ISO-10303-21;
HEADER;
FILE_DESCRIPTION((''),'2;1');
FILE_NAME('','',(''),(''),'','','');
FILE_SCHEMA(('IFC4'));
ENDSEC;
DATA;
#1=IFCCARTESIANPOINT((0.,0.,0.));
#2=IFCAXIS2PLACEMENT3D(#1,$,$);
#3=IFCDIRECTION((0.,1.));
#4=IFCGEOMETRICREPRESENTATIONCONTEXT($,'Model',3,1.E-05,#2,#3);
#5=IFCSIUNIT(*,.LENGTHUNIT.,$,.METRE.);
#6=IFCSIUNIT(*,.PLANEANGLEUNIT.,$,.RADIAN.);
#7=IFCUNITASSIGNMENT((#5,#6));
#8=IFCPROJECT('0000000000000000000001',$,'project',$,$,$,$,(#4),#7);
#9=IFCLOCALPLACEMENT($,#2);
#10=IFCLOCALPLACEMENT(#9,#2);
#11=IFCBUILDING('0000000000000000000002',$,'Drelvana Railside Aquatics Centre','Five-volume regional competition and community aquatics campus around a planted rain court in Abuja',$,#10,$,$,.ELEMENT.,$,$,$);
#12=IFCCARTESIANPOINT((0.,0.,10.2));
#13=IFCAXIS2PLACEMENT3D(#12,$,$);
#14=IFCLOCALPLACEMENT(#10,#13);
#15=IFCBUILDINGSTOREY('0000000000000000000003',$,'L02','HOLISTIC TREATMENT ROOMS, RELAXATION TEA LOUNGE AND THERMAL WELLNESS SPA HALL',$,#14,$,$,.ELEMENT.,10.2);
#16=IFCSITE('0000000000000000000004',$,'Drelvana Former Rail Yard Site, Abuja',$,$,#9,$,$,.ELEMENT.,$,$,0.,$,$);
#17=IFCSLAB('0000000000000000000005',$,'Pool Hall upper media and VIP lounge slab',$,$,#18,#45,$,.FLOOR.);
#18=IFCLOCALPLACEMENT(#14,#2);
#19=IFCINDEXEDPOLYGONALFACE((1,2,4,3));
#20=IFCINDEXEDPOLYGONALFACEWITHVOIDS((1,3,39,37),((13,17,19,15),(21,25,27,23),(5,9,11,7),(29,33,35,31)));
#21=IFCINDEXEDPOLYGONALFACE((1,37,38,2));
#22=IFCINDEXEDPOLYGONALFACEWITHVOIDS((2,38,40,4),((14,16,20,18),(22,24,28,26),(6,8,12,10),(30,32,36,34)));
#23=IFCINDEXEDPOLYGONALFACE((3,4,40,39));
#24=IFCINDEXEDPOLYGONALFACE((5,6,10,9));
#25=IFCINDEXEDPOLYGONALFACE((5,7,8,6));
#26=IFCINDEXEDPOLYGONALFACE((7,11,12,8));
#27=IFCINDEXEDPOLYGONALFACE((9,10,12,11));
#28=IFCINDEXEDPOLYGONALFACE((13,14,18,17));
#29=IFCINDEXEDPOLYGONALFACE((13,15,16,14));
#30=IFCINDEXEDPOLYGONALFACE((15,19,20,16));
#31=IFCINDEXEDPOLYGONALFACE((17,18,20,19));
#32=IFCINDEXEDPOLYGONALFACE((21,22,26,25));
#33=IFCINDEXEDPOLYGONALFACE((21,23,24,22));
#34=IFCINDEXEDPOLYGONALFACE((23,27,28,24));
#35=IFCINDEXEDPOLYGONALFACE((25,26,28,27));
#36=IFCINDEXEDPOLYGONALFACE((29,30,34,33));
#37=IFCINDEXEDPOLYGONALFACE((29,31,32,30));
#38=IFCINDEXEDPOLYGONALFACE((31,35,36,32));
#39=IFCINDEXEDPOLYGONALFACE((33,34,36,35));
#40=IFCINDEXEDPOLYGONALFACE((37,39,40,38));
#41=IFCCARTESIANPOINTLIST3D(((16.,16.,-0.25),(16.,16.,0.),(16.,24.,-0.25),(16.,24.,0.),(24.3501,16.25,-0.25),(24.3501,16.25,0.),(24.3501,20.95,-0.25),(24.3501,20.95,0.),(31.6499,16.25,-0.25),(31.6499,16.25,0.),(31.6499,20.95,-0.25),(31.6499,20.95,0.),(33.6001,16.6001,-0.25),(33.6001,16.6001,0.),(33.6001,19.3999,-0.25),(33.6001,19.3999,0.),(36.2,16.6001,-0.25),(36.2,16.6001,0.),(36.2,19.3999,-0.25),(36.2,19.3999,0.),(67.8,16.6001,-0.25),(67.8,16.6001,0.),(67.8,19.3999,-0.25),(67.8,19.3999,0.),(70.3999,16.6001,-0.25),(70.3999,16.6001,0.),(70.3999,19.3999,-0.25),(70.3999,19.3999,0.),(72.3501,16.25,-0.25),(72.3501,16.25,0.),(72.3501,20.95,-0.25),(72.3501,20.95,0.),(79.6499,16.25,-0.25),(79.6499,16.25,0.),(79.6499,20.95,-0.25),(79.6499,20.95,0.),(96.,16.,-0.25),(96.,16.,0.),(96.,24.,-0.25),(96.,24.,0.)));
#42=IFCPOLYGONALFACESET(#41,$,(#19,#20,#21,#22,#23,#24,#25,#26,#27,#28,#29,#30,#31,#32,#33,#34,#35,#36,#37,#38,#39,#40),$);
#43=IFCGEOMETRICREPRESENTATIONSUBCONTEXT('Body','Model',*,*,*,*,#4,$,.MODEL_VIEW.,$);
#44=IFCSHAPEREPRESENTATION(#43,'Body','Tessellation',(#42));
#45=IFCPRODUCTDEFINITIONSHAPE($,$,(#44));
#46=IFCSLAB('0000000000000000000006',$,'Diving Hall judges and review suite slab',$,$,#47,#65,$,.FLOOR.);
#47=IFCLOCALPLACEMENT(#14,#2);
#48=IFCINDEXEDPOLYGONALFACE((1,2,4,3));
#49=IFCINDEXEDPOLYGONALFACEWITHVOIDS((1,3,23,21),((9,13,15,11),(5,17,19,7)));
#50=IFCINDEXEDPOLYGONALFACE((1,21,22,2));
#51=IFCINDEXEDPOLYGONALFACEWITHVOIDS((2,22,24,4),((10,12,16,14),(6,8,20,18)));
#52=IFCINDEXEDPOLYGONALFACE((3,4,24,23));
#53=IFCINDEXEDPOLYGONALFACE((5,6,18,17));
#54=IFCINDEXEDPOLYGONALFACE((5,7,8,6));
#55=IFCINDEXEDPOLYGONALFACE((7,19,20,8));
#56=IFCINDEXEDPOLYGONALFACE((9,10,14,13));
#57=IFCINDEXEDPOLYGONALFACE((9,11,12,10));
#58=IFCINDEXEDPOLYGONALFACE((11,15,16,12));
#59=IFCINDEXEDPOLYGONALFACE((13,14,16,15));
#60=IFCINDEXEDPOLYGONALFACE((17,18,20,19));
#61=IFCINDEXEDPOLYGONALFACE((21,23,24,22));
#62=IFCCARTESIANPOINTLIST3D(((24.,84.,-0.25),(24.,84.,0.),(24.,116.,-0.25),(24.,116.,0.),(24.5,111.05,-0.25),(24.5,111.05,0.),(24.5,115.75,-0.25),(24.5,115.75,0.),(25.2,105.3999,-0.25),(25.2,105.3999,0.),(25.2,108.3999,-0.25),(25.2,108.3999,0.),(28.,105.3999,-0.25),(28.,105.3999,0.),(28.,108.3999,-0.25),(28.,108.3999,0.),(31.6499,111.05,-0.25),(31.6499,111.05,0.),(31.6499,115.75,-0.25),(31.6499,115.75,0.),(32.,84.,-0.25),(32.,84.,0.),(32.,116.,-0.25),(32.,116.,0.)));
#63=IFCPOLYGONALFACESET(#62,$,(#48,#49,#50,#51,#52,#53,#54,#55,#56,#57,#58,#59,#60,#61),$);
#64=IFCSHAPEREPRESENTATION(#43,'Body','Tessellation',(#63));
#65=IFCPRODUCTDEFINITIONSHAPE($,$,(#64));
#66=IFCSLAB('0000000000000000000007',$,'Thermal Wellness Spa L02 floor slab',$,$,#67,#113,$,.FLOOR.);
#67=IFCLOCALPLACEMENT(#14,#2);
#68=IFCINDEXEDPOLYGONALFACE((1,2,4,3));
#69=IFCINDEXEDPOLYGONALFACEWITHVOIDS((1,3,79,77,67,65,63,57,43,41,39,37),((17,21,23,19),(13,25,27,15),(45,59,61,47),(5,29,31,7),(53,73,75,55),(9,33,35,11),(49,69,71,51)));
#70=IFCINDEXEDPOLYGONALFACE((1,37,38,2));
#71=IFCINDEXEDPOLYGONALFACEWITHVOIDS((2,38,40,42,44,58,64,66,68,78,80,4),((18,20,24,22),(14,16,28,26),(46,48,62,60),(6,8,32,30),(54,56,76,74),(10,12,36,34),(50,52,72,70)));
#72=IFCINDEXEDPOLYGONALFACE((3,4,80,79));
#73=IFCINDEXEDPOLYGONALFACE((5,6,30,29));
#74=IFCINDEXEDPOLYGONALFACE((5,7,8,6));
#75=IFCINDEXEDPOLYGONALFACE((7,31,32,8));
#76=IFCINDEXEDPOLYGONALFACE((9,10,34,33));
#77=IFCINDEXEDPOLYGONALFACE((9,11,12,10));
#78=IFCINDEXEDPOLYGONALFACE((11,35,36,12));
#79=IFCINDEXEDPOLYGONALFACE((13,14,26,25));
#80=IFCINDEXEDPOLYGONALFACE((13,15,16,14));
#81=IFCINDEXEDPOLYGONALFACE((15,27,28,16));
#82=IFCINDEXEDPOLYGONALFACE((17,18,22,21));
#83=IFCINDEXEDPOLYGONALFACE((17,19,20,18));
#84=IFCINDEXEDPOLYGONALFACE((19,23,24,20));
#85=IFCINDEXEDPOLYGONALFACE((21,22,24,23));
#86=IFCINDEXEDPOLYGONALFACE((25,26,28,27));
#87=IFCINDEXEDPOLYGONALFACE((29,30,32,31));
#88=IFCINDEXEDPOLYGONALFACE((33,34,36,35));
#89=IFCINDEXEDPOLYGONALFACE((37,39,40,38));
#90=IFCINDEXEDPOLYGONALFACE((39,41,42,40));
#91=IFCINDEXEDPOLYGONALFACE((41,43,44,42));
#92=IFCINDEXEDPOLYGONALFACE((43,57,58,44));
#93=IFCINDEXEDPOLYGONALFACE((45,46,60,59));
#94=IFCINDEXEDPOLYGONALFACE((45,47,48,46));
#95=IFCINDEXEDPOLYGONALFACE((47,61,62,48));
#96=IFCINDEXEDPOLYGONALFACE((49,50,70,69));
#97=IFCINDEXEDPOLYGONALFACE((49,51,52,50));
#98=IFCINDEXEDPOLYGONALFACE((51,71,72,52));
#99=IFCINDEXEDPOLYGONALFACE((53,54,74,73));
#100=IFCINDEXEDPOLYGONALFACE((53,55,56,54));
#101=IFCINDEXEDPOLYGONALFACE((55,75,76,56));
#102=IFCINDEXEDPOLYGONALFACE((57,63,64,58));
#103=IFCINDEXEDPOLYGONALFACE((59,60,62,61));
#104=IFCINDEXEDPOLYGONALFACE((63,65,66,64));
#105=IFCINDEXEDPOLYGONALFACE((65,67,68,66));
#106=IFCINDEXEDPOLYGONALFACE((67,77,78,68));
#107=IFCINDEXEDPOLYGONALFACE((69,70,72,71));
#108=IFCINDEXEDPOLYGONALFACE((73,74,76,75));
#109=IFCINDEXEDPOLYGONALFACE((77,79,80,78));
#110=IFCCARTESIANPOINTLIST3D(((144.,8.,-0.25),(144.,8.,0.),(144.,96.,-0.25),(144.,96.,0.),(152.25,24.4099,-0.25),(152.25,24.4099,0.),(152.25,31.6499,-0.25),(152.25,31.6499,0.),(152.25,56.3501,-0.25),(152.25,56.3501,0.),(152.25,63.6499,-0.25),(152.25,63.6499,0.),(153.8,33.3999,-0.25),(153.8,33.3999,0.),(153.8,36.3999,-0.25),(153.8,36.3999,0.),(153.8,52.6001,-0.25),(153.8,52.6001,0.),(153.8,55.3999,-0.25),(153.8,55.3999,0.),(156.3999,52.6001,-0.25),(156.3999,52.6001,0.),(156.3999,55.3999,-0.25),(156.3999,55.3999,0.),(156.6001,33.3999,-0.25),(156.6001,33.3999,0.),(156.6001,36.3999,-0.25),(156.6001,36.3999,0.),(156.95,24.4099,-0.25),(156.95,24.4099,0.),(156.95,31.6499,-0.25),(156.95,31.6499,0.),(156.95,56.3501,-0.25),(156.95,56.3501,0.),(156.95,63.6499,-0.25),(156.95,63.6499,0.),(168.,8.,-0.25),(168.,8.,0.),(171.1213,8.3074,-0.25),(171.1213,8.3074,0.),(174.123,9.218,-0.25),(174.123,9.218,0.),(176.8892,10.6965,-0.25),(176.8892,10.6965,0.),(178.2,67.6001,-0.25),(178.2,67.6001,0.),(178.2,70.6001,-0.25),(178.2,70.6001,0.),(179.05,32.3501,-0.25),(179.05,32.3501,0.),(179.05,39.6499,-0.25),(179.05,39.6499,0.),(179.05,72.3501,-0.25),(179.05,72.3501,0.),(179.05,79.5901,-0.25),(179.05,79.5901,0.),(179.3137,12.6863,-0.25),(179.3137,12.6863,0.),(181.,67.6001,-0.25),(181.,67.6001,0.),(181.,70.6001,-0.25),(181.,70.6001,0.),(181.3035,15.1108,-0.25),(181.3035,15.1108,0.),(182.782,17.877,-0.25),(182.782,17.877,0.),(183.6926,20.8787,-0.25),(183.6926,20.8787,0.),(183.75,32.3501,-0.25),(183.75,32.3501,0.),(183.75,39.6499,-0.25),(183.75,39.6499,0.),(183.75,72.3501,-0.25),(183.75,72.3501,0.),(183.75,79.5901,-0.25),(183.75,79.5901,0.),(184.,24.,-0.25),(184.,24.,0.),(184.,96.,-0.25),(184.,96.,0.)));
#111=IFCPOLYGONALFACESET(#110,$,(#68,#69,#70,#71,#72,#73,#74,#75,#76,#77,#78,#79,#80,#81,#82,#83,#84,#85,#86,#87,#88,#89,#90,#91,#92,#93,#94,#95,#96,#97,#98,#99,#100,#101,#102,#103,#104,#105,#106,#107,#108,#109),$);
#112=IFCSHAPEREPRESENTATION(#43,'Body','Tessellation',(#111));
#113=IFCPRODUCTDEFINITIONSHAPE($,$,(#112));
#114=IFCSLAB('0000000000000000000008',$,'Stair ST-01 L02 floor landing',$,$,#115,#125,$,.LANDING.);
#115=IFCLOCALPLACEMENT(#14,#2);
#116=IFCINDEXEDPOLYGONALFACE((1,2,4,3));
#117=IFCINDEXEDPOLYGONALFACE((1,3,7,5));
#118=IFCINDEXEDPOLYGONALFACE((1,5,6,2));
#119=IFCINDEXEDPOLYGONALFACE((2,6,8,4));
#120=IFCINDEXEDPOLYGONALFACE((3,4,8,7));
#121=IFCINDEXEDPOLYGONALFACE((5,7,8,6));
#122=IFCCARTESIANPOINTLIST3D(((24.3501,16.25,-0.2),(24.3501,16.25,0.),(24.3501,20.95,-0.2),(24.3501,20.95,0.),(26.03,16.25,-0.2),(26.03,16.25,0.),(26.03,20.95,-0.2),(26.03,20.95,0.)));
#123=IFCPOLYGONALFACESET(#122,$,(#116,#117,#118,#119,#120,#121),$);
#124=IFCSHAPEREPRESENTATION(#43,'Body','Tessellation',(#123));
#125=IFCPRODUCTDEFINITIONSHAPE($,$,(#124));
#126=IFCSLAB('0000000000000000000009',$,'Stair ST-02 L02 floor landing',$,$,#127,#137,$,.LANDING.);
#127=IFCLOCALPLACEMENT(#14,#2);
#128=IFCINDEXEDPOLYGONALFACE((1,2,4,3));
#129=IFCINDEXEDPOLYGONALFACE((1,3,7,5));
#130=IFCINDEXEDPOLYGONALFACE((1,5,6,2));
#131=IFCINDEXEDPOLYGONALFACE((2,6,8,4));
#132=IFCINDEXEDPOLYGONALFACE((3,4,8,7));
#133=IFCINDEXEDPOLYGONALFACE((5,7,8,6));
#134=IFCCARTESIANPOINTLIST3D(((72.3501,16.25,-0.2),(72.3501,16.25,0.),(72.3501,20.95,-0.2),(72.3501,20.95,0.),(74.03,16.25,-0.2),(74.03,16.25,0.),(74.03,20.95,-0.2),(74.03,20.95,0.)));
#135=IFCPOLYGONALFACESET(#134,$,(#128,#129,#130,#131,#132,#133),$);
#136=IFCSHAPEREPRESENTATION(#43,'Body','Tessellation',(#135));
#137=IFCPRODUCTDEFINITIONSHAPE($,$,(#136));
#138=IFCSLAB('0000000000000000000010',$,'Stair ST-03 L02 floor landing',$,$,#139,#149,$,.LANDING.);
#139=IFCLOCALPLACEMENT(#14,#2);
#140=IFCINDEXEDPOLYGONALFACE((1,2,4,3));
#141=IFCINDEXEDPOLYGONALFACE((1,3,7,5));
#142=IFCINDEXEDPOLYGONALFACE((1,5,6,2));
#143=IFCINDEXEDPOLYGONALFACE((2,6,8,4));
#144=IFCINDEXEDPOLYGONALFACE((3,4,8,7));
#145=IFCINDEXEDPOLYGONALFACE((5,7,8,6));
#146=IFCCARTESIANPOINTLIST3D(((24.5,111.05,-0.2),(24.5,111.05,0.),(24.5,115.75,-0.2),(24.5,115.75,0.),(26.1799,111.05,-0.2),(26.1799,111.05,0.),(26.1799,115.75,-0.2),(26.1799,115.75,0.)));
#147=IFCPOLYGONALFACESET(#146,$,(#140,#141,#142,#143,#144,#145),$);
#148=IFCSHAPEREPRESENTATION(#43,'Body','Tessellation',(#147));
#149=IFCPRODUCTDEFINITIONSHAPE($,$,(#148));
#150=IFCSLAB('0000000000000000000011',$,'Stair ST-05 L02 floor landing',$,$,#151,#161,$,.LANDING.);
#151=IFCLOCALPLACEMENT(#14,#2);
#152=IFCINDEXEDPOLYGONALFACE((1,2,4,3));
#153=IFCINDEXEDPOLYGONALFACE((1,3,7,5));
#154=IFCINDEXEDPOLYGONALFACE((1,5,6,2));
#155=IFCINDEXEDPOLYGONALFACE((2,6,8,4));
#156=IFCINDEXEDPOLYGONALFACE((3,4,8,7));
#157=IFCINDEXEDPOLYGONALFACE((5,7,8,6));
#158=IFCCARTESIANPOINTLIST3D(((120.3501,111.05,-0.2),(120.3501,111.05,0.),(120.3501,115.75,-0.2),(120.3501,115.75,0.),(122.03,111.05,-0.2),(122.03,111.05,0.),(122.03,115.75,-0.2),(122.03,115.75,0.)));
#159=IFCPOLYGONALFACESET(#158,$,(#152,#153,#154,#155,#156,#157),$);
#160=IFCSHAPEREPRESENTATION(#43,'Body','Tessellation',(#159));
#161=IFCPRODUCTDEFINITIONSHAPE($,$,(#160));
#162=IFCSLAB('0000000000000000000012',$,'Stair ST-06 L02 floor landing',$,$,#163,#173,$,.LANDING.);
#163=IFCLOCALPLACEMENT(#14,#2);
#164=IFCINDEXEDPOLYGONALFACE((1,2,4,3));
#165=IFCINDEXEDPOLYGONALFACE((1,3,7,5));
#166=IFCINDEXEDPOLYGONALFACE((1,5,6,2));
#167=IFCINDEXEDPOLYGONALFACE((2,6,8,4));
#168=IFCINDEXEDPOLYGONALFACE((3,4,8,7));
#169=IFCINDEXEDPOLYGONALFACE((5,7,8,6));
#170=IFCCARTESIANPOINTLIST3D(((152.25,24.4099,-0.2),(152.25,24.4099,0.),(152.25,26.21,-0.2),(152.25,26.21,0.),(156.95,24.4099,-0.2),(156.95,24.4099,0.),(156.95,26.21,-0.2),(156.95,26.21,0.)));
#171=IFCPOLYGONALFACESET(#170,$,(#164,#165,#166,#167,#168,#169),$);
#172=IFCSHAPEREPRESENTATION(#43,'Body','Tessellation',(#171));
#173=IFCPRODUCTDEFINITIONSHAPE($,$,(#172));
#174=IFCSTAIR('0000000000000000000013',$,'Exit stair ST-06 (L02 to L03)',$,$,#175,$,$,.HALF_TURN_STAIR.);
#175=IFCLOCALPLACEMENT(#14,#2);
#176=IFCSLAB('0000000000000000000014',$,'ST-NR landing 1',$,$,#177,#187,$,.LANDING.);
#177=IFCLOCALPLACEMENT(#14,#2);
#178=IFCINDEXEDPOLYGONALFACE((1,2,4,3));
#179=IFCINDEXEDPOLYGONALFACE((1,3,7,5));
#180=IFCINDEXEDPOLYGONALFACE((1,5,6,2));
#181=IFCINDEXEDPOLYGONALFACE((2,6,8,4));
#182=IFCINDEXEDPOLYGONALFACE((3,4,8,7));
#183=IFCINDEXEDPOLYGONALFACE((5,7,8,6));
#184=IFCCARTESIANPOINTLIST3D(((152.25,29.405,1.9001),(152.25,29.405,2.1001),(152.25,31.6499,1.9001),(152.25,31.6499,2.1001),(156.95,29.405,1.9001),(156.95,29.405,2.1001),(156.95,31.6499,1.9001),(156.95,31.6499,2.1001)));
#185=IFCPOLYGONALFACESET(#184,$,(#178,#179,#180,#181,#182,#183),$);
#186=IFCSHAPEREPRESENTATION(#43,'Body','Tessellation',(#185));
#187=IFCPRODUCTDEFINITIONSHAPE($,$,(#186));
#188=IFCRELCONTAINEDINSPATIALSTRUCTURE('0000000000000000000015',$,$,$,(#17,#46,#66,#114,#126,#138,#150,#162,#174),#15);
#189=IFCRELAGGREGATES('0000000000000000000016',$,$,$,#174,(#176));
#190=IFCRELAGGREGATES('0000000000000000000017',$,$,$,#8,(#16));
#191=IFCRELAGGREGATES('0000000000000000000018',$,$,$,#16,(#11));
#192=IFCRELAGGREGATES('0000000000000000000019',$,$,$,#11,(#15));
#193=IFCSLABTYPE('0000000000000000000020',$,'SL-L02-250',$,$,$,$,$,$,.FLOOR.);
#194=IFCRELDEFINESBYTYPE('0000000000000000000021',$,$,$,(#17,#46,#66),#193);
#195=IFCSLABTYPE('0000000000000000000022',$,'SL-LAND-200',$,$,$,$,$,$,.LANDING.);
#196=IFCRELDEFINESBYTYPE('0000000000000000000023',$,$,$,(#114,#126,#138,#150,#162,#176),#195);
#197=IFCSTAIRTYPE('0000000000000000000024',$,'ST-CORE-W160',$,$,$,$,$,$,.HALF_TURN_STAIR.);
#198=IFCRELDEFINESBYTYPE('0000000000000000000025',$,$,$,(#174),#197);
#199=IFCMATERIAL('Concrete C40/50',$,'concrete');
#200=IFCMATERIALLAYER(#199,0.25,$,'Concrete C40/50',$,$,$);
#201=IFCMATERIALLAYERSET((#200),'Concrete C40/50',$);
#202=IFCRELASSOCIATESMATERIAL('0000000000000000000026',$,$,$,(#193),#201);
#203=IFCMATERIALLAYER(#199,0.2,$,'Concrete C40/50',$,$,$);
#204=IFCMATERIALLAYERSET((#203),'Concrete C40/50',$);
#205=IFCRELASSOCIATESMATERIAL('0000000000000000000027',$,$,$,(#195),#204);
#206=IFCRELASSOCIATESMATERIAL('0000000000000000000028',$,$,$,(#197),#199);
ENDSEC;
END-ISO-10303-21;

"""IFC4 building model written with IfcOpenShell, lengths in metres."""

from ifc_helpers import new_model, si_unit, direction, frame, origin, place, context, subcontext, project, spatial, polyline, outline, extrude, material, layer, layer_set, type_object, element, aggregate, save


model = new_model("IFC4")

# Units and contexts
model_context = context("Model", 3, precision=1e-05, world=origin(), true_north=direction((0.0, 1.0)))
body_context = subcontext(model_context, "Body", "Model", "MODEL_VIEW")
ifc_project = project(units=[si_unit("LENGTHUNIT", "METRE"), si_unit("PLANEANGLEUNIT", "RADIAN")], contexts=[model_context])

# Site, building, storey
site_placement = place(None, origin())
site = spatial("IfcSite", under=ifc_project, at=site_placement, Name="Drelvana Former Rail Yard Site, Abuja", CompositionType="ELEMENT", RefElevation=0.0)
building_placement = place(site_placement, origin())
building = spatial("IfcBuilding", under=site, at=building_placement, Name="Drelvana Railside Aquatics Centre", Description="Five-volume regional competition and community aquatics campus around a planted rain court in Abuja", CompositionType="ELEMENT")
storey_placement = place(building_placement, frame((0.0, 0.0, 10.2)))
storey = spatial("IfcBuildingStorey", under=building, at=storey_placement, Name="L02", Description="HOLISTIC TREATMENT ROOMS, RELAXATION TEA LOUNGE AND THERMAL WELLNESS SPA HALL", CompositionType="ELEMENT", Elevation=10.2)

# Slabs
ifc_material_1 = material(Name="Concrete C40/50", Category="concrete")
ifc_layer_1 = layer(ifc_material_1, 0.25, Name="Concrete C40/50")
ifc_layer_set_1 = layer_set([ifc_layer_1], Name="Concrete C40/50")
slab_type_1 = type_object("IfcSlabType", Name="SL-L02-250", PredefinedType="FLOOR", material=ifc_layer_set_1)
slab_1_placement = place(storey_placement, frame((0.0, 0.0, -0.25)))
element("IfcSlab", 1, at=slab_1_placement, inside=storey, type_object=slab_type_1, Name="Pool Hall upper media and VIP lounge slab", PredefinedType="FLOOR", context=body_context, shape_type="SweptSolid", body=[
    extrude(outline(polyline([(16.0, 16.0), (96.0, 16.0), (96.0, 24.0), (16.0, 24.0), (16.0, 16.0)]), holes=[polyline([(24.3501, 16.25), (31.6499, 16.25), (31.6499, 20.95), (24.3501, 20.95), (24.3501, 16.25)]), polyline([(33.6001, 16.6001), (36.2, 16.6001), (36.2, 19.3999), (33.6001, 19.3999), (33.6001, 16.6001)]), polyline([(72.3501, 16.25), (79.6499, 16.25), (79.6499, 20.95), (72.3501, 20.95), (72.3501, 16.25)]), polyline([(67.8, 16.6001), (70.3999, 16.6001), (70.3999, 19.3999), (67.8, 19.3999), (67.8, 16.6001)])]), origin(), (0.0, 0.0, 1.0), 0.25),
])
slab_2_placement = place(storey_placement, frame((0.0, 0.0, -0.25)))
element("IfcSlab", 2, at=slab_2_placement, inside=storey, type_object=slab_type_1, Name="Diving Hall judges and review suite slab", PredefinedType="FLOOR", context=body_context, shape_type="SweptSolid", body=[
    extrude(outline(polyline([(24.0, 84.0), (32.0, 84.0), (32.0, 116.0), (24.0, 116.0), (24.0, 84.0)]), holes=[polyline([(24.5, 111.05), (31.6499, 111.05), (31.6499, 115.75), (24.5, 115.75), (24.5, 111.05)]), polyline([(25.2, 105.3999), (28.0, 105.3999), (28.0, 108.3999), (25.2, 108.3999), (25.2, 105.3999)])]), origin(), (0.0, 0.0, 1.0), 0.25),
])
slab_3_placement = place(storey_placement, frame((0.0, 0.0, -0.25)))
element("IfcSlab", 3, at=slab_3_placement, inside=storey, type_object=slab_type_1, Name="Thermal Wellness Spa L02 floor slab", PredefinedType="FLOOR", context=body_context, shape_type="SweptSolid", body=[
    extrude(outline(polyline([(144.0, 8.0), (168.0, 8.0), (171.1213, 8.3074), (174.123, 9.218), (176.8892, 10.6965), (179.3137, 12.6863), (181.3035, 15.1108), (182.782, 17.877), (183.6926, 20.8787), (184.0, 24.0), (184.0, 96.0), (144.0, 96.0), (144.0, 8.0)]), holes=[polyline([(152.25, 24.4099), (156.95, 24.4099), (156.95, 31.6499), (152.25, 31.6499), (152.25, 24.4099)]), polyline([(153.8, 33.3999), (156.6001, 33.3999), (156.6001, 36.3999), (153.8, 36.3999), (153.8, 33.3999)]), polyline([(179.05, 72.3501), (183.75, 72.3501), (183.75, 79.5901), (179.05, 79.5901), (179.05, 72.3501)]), polyline([(178.2, 67.6001), (181.0, 67.6001), (181.0, 70.6001), (178.2, 70.6001), (178.2, 67.6001)]), polyline([(152.25, 56.3501), (156.95, 56.3501), (156.95, 63.6499), (152.25, 63.6499), (152.25, 56.3501)]), polyline([(153.8, 52.6001), (156.3999, 52.6001), (156.3999, 55.3999), (153.8, 55.3999), (153.8, 52.6001)]), polyline([(179.05, 32.3501), (183.75, 32.3501), (183.75, 39.6499), (179.05, 39.6499), (179.05, 32.3501)])]), origin(), (0.0, 0.0, 1.0), 0.25),
])
ifc_layer_2 = layer(ifc_material_1, 0.2, Name="Concrete C40/50")
ifc_layer_set_2 = layer_set([ifc_layer_2], Name="Concrete C40/50")
slab_type_2 = type_object("IfcSlabType", Name="SL-LAND-200", PredefinedType="LANDING", material=ifc_layer_set_2)
slab_4_placement = place(storey_placement, frame((0.0, 0.0, -0.2)))
element("IfcSlab", 4, at=slab_4_placement, inside=storey, type_object=slab_type_2, Name="Stair ST-01 L02 floor landing", PredefinedType="LANDING", context=body_context, shape_type="SweptSolid", body=[
    extrude(outline(polyline([(24.3501, 16.25), (26.03, 16.25), (26.03, 20.95), (24.3501, 20.95), (24.3501, 16.25)])), origin(), (0.0, 0.0, 1.0), 0.2),
])
slab_5_placement = place(storey_placement, frame((0.0, 0.0, -0.2)))
element("IfcSlab", 5, at=slab_5_placement, inside=storey, type_object=slab_type_2, Name="Stair ST-02 L02 floor landing", PredefinedType="LANDING", context=body_context, shape_type="SweptSolid", body=[
    extrude(outline(polyline([(72.3501, 16.25), (74.03, 16.25), (74.03, 20.95), (72.3501, 20.95), (72.3501, 16.25)])), origin(), (0.0, 0.0, 1.0), 0.2),
])
slab_6_placement = place(storey_placement, frame((0.0, 0.0, -0.2)))
element("IfcSlab", 6, at=slab_6_placement, inside=storey, type_object=slab_type_2, Name="Stair ST-03 L02 floor landing", PredefinedType="LANDING", context=body_context, shape_type="SweptSolid", body=[
    extrude(outline(polyline([(24.5, 111.05), (26.1799, 111.05), (26.1799, 115.75), (24.5, 115.75), (24.5, 111.05)])), origin(), (0.0, 0.0, 1.0), 0.2),
])
slab_7_placement = place(storey_placement, frame((0.0, 0.0, -0.2)))
element("IfcSlab", 7, at=slab_7_placement, inside=storey, type_object=slab_type_2, Name="Stair ST-05 L02 floor landing", PredefinedType="LANDING", context=body_context, shape_type="SweptSolid", body=[
    extrude(outline(polyline([(120.3501, 111.05), (122.03, 111.05), (122.03, 115.75), (120.3501, 115.75), (120.3501, 111.05)])), origin(), (0.0, 0.0, 1.0), 0.2),
])
slab_8_placement = place(storey_placement, frame((0.0, 0.0, -0.2)))
element("IfcSlab", 8, at=slab_8_placement, inside=storey, type_object=slab_type_2, Name="Stair ST-06 L02 floor landing", PredefinedType="LANDING", context=body_context, shape_type="SweptSolid", body=[
    extrude(outline(polyline([(152.25, 24.4099), (156.95, 24.4099), (156.95, 26.21), (152.25, 26.21), (152.25, 24.4099)])), origin(), (0.0, 0.0, 1.0), 0.2),
])

# Stair, slab
stair_type_1 = type_object("IfcStairType", Name="ST-CORE-W160", PredefinedType="HALF_TURN_STAIR", material=ifc_material_1)
stair_1_placement = place(storey_placement, origin())
stair_1 = element("IfcStair", 9, at=stair_1_placement, inside=storey, type_object=stair_type_1, Name="Exit stair ST-06 (L02 to L03)", PredefinedType="HALF_TURN_STAIR")
slab_9_placement = place(storey_placement, frame((0.0, 0.0, 1.9001)))
slab_9 = element("IfcSlab", 10, at=slab_9_placement, type_object=slab_type_2, Name="ST-NR landing 1", PredefinedType="LANDING", context=body_context, shape_type="SweptSolid", body=[
    extrude(outline(polyline([(152.25, 29.405), (156.95, 29.405), (156.95, 31.6499), (152.25, 31.6499), (152.25, 29.405)])), origin(), (0.0, 0.0, 1.0), 0.2),
])
aggregate(stair_1, [slab_9])

save(model, "model.ifc")
